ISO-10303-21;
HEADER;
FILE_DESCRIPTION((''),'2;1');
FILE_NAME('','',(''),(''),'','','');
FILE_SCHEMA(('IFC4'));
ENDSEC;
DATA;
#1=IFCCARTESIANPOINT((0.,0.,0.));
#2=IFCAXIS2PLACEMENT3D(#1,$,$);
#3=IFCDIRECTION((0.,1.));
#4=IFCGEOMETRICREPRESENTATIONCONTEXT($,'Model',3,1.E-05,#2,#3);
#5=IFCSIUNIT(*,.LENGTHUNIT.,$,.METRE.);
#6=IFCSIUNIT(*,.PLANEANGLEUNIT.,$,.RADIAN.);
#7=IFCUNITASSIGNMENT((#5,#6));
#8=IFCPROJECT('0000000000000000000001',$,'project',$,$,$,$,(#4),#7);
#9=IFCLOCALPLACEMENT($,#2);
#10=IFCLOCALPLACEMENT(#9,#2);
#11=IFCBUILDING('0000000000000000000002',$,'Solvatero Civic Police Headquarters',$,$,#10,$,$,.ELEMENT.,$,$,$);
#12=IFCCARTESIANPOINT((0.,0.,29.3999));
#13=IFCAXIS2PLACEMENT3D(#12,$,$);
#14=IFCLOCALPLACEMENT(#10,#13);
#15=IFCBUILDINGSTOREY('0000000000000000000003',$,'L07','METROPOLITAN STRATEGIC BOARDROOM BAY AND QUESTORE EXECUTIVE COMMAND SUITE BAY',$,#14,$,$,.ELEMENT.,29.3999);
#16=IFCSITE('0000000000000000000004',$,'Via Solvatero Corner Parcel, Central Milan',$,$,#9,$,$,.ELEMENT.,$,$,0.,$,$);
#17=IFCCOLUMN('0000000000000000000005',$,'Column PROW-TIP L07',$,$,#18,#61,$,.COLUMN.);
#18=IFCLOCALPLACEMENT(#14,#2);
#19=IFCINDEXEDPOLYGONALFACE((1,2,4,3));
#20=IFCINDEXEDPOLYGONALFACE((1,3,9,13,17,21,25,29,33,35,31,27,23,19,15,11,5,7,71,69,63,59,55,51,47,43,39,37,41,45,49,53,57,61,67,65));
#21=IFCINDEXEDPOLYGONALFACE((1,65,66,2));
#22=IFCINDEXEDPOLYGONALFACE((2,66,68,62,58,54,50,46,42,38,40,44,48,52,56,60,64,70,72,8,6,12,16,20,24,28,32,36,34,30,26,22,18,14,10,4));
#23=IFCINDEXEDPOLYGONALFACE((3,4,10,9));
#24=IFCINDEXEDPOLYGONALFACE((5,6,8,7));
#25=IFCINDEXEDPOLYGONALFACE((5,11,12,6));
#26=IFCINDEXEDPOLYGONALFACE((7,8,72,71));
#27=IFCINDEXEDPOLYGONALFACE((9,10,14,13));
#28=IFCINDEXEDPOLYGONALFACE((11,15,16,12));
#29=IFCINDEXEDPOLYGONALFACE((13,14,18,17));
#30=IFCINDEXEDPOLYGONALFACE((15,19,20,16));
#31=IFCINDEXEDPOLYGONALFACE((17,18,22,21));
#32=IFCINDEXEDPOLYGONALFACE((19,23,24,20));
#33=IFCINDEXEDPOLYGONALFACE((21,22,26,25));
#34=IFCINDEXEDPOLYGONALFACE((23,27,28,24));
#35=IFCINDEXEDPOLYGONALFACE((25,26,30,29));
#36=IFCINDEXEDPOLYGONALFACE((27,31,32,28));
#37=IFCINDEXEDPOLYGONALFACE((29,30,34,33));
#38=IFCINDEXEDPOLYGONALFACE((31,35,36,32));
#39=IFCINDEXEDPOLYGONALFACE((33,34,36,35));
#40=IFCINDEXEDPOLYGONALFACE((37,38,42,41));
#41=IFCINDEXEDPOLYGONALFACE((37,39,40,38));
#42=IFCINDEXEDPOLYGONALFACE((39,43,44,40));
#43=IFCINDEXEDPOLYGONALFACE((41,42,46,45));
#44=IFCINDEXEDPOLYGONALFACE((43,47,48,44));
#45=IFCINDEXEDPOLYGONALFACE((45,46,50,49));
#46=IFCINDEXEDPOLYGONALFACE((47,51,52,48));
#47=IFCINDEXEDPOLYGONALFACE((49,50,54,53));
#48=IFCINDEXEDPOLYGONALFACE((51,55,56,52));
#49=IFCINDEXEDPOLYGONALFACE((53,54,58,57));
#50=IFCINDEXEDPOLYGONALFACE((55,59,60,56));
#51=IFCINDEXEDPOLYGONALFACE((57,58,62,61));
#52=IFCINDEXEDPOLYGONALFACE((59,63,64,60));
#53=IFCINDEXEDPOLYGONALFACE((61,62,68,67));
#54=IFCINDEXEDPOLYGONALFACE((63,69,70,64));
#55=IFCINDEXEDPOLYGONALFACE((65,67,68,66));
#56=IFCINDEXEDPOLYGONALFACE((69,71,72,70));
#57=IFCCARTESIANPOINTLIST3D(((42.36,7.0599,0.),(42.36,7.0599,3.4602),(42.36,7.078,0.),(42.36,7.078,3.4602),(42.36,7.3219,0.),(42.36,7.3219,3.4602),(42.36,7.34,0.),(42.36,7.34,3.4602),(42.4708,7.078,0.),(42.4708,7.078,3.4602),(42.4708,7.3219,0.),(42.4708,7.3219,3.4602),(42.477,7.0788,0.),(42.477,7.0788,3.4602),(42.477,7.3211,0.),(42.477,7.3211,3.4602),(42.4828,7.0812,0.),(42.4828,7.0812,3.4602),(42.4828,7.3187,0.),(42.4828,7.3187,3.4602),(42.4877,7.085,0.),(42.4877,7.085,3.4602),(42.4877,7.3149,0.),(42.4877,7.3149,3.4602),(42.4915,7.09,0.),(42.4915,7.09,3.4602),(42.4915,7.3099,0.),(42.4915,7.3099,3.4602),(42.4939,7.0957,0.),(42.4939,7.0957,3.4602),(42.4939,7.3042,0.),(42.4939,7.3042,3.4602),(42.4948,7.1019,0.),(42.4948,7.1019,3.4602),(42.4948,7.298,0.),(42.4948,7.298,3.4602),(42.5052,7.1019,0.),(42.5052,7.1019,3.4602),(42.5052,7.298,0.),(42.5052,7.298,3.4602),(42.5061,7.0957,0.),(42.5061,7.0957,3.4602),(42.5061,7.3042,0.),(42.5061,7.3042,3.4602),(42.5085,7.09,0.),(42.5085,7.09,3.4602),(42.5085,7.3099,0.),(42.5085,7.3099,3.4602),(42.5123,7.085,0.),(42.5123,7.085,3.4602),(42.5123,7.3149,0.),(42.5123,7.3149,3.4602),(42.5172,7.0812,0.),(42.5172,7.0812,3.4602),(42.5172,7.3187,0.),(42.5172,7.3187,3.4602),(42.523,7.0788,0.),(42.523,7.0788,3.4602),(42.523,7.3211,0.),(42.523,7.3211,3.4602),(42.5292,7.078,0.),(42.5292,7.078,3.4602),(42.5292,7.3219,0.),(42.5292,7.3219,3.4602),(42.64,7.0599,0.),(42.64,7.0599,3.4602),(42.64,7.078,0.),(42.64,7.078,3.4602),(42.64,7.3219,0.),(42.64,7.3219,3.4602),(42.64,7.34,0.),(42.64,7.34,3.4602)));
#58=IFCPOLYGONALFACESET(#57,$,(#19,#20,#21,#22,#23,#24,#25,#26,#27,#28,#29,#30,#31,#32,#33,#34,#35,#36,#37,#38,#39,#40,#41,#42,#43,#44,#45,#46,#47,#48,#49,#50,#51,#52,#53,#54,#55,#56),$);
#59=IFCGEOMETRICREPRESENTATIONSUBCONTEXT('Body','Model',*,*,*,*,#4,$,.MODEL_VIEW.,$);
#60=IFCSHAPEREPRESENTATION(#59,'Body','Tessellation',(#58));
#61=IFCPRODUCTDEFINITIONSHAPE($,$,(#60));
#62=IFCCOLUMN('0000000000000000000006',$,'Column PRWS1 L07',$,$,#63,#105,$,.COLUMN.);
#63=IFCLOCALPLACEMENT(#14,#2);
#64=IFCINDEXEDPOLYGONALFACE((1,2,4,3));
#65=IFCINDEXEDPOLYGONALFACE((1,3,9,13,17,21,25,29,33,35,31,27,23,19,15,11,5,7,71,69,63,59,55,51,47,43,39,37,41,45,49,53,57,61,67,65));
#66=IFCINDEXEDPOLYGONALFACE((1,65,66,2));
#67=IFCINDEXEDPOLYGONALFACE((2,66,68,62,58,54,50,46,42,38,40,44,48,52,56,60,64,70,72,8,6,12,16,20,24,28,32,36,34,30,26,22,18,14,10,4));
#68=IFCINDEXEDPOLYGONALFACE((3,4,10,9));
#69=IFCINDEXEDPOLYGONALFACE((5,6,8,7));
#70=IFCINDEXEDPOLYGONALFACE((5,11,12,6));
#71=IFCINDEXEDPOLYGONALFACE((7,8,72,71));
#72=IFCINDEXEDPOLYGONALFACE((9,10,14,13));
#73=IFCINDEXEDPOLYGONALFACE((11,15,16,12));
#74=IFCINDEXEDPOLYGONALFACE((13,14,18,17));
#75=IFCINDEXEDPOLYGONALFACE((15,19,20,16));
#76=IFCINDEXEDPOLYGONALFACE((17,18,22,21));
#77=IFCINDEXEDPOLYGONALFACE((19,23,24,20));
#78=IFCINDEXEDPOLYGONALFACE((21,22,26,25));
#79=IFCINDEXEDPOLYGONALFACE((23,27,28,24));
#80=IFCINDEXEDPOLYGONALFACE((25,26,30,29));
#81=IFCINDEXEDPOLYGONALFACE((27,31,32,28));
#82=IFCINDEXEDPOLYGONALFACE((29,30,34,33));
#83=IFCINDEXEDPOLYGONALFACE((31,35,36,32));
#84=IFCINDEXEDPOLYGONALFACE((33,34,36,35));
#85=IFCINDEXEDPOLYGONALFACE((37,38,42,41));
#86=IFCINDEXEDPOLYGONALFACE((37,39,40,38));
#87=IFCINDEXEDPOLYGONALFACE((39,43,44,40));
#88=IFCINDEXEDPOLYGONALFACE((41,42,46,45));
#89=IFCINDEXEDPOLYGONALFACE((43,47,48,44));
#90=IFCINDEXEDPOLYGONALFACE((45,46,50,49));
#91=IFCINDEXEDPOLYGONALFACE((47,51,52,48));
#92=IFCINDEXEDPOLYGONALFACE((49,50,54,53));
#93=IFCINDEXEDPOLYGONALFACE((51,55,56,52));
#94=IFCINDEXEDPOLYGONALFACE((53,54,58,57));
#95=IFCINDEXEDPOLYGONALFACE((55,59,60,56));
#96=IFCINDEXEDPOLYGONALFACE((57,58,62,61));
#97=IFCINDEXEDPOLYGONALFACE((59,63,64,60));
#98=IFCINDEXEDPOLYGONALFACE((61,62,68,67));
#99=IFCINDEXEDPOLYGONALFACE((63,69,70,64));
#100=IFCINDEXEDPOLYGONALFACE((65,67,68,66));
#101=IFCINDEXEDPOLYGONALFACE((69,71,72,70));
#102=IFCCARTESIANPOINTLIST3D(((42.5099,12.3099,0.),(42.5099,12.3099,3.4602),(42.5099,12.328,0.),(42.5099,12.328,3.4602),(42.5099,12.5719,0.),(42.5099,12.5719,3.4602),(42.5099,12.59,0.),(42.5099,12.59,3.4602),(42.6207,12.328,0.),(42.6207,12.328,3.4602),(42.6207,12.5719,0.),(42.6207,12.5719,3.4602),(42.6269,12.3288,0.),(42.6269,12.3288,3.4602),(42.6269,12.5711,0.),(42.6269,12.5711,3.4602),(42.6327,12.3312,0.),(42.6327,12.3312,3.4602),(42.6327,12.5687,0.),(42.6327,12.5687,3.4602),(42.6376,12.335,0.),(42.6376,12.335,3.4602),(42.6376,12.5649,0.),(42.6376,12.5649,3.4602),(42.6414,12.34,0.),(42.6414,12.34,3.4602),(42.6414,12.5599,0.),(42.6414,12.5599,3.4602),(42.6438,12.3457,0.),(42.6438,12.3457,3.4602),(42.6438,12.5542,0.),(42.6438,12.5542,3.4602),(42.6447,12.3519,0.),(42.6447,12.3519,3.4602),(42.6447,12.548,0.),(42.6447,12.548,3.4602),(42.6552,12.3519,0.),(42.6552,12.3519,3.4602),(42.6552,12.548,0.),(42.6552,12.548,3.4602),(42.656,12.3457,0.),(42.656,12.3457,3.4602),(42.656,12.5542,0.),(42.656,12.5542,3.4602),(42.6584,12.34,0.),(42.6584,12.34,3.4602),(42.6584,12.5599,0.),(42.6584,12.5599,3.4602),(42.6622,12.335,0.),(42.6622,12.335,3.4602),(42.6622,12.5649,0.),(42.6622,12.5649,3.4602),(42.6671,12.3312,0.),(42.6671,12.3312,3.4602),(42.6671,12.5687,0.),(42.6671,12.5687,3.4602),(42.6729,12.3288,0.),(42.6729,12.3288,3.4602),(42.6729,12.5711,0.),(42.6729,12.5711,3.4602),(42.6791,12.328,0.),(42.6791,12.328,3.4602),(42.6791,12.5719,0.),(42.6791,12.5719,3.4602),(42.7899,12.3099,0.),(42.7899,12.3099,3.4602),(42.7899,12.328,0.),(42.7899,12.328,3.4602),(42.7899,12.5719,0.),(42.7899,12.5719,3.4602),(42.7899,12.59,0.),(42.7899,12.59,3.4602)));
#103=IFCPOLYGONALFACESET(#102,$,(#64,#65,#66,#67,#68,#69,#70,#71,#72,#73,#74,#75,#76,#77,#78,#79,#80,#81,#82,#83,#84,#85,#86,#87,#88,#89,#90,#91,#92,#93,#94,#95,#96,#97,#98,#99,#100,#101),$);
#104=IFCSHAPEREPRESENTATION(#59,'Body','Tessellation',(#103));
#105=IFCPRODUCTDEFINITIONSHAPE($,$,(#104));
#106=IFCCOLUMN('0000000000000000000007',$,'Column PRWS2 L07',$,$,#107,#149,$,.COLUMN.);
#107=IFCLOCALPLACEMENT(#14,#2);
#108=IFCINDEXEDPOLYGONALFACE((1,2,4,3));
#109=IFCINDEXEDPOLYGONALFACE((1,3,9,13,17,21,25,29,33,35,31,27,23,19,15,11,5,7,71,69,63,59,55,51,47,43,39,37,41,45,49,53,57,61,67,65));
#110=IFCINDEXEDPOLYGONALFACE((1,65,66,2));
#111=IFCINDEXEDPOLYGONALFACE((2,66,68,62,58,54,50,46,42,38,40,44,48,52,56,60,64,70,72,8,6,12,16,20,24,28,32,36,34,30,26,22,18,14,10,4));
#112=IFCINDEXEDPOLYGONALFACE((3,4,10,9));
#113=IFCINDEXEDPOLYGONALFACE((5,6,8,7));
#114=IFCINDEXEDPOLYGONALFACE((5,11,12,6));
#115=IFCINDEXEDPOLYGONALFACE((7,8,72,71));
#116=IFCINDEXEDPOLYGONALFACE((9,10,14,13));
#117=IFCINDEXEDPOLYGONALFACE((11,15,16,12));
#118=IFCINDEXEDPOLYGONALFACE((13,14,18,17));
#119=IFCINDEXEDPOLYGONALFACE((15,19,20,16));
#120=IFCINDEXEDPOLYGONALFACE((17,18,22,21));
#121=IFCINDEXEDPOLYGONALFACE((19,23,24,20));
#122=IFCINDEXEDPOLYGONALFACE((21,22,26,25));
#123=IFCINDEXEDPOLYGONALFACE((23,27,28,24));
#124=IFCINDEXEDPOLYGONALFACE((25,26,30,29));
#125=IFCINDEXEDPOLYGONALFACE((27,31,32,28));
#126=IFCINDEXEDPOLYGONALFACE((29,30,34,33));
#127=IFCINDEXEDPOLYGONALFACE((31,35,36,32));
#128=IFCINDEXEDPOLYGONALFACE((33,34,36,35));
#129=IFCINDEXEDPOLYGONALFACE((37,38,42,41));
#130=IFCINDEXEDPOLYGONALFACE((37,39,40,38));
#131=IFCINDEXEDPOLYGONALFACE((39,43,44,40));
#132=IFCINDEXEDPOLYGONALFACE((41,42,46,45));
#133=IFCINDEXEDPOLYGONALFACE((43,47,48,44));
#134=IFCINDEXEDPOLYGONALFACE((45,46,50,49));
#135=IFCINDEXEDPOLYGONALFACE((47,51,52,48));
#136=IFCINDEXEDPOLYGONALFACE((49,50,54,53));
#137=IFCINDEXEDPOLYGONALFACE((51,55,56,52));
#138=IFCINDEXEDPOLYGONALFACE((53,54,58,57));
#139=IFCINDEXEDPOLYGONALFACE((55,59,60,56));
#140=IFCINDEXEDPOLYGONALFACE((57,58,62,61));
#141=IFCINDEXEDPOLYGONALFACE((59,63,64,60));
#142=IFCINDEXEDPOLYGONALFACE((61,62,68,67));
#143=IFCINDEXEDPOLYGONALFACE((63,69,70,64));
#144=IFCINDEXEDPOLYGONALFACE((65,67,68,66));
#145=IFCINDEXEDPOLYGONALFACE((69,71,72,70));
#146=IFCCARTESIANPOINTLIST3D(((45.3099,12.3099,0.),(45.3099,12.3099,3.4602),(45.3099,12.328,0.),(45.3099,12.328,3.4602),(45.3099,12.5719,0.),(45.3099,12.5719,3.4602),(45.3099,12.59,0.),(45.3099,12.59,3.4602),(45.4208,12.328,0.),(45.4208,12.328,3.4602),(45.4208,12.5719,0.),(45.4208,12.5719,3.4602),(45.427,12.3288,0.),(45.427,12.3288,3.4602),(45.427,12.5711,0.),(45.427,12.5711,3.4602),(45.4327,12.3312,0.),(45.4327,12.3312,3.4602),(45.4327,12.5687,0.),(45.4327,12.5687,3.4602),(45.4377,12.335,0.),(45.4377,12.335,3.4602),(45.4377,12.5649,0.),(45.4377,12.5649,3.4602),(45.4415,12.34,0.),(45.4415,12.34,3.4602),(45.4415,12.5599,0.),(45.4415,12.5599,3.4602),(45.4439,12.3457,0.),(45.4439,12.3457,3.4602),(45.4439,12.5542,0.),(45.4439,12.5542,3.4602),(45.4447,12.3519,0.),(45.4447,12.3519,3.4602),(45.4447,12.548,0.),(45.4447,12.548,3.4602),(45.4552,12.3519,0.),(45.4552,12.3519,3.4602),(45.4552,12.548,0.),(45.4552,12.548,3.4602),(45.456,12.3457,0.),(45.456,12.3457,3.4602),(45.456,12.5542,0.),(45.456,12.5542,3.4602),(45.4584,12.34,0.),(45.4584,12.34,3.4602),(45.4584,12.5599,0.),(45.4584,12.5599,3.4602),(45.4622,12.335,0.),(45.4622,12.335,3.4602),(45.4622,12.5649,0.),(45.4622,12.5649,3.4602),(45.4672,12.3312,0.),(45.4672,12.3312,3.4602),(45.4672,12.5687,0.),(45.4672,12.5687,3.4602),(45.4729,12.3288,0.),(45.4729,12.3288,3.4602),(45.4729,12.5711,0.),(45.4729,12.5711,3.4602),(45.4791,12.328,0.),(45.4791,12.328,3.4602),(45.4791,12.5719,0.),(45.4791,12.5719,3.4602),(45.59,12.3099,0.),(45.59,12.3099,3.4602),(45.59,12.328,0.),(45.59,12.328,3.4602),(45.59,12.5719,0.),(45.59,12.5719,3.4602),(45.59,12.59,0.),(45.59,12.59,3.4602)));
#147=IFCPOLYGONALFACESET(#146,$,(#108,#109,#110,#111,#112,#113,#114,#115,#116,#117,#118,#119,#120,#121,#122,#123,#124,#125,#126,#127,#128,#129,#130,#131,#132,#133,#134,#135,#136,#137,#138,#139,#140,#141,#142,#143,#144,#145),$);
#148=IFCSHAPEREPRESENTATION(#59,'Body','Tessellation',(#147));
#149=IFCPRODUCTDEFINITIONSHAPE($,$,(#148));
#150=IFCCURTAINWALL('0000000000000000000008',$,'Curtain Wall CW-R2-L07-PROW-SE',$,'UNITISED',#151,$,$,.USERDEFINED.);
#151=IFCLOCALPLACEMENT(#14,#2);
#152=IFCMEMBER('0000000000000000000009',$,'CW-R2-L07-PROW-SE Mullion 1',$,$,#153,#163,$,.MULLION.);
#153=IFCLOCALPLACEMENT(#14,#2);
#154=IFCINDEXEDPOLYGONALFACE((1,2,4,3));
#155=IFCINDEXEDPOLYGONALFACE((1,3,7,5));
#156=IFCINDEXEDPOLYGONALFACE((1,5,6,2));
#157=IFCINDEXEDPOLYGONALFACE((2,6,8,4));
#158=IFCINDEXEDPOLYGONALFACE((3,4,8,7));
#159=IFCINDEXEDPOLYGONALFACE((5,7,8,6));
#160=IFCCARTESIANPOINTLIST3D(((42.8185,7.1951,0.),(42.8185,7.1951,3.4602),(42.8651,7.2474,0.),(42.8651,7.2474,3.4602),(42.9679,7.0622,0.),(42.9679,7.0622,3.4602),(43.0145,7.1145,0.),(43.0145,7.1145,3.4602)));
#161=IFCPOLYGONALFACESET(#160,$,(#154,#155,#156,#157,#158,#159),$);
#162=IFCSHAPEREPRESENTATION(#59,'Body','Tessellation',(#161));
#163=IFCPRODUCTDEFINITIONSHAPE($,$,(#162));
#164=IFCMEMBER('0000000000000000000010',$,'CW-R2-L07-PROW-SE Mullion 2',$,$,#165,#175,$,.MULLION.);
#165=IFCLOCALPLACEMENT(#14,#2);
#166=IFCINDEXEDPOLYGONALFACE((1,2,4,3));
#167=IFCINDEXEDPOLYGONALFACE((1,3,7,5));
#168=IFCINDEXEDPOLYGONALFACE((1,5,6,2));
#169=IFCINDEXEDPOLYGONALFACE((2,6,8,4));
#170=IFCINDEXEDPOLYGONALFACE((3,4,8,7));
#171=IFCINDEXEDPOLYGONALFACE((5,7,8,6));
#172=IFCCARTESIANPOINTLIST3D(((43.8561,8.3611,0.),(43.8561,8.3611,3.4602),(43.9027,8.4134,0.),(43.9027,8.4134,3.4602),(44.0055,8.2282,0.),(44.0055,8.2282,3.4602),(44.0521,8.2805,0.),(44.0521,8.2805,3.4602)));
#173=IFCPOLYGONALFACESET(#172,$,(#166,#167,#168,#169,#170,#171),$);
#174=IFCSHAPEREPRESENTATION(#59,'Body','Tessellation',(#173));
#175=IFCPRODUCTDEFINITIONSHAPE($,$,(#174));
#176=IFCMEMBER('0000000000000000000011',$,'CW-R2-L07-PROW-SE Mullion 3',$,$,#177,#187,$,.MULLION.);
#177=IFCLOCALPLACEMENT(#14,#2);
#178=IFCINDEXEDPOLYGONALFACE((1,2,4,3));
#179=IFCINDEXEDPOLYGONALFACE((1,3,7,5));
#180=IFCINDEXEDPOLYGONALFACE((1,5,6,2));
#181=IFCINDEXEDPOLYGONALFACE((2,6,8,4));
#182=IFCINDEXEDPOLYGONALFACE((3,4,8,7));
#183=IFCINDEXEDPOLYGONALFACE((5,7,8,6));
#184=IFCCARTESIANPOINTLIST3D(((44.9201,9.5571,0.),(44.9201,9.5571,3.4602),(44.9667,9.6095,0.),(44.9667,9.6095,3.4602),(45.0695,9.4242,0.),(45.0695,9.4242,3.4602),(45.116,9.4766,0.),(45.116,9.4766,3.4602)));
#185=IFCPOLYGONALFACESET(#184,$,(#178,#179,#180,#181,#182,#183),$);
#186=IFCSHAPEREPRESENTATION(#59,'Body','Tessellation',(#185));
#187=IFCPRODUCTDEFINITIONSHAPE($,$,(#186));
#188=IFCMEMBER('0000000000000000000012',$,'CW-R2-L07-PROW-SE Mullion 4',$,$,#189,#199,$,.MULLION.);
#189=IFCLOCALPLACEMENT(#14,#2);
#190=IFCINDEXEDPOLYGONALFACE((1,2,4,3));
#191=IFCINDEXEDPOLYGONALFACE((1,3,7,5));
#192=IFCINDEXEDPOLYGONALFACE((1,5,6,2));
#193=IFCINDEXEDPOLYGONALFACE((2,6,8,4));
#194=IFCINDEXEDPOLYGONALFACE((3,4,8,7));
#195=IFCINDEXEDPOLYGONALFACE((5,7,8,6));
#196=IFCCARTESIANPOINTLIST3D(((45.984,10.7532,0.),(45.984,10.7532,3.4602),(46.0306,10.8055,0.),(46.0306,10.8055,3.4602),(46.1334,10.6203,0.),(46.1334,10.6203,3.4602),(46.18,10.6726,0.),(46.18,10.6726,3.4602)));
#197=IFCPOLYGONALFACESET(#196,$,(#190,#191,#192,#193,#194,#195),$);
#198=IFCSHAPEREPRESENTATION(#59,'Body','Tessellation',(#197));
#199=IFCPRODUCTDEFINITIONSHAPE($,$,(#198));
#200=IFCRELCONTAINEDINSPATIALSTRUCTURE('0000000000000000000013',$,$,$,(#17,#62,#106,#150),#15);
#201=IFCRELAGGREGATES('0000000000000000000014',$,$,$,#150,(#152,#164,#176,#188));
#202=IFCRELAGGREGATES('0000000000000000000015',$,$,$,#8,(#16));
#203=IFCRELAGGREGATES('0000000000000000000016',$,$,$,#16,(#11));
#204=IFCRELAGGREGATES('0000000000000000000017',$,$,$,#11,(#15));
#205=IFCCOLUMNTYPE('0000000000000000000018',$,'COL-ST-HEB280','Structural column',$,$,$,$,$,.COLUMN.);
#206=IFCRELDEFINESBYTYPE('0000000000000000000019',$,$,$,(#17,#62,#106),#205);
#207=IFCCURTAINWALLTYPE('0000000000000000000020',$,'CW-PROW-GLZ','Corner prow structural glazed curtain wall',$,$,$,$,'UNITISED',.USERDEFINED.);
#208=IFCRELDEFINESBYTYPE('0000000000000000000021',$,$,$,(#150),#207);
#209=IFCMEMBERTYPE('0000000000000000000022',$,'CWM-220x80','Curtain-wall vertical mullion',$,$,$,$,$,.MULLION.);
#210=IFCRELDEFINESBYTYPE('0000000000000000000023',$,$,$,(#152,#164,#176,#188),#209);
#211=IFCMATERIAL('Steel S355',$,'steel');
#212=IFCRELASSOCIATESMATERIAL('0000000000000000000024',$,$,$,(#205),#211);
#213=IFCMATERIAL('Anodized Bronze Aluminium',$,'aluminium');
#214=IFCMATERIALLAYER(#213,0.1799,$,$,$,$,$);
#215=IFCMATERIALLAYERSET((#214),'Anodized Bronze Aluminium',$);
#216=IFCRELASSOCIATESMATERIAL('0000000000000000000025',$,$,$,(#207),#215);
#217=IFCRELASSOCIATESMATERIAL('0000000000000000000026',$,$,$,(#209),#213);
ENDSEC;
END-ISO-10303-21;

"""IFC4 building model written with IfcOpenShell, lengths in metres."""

from ifc_helpers import new_model, si_unit, direction, frame, origin, origin_2d, place, context, subcontext, project, spatial, rectangle, i_section, extrude, material, layer, layer_set, material_profile, profile_set, type_object, element, aggregate, save


model = new_model("IFC4")

# Units and contexts
model_context = context("Model", 3, precision=1e-05, world=origin(), true_north=direction((0.0, 1.0)))
body_context = subcontext(model_context, "Body", "Model", "MODEL_VIEW")
ifc_project = project(units=[si_unit("LENGTHUNIT", "METRE"), si_unit("PLANEANGLEUNIT", "RADIAN")], contexts=[model_context])

# Site, building, storey
site_placement = place(None, origin())
site = spatial("IfcSite", under=ifc_project, at=site_placement, Name="Via Solvatero Corner Parcel, Central Milan", CompositionType="ELEMENT", RefElevation=0.0)
building_placement = place(site_placement, origin())
building = spatial("IfcBuilding", under=site, at=building_placement, Name="Solvatero Civic Police Headquarters", CompositionType="ELEMENT")
storey_placement = place(building_placement, frame((0.0, 0.0, 29.3999)))
storey = spatial("IfcBuildingStorey", under=building, at=storey_placement, Name="L07", Description="METROPOLITAN STRATEGIC BOARDROOM BAY AND QUESTORE EXECUTIVE COMMAND SUITE BAY", CompositionType="ELEMENT", Elevation=29.3999)

# Columns
ifc_material_1 = material(Name="Steel S355", Category="steel")
ifc_material_profile_1 = material_profile(ifc_material_1, i_section(OverallWidth=0.28, OverallDepth=0.28, WebThickness=0.0105, FlangeThickness=0.0181, FilletRadius=0.0239, at=origin_2d()), Name="HEB 280")
ifc_profile_set_1 = profile_set([ifc_material_profile_1], Name="Steel S355")
column_type = type_object("IfcColumnType", Name="COL-ST-HEB280", Description="Structural column", PredefinedType="COLUMN", material=ifc_profile_set_1)
for number, where, z_axis, x_axis, name in (
    (1, (42.5, 7.2, 0.0), (0.0, 0.0, 1.0), (1.0, 0.0, 0.0), "Column PROW-TIP L07"),
    (2, (42.6499, 12.45, 0.0), (0.0, 0.0, 1.0), (1.0, 0.0, 0.0), "Column PRWS1 L07"),
    (3, (45.45, 12.45, 0.0), (0.0, 0.0, 1.0), (1.0, 0.0, 0.0), "Column PRWS2 L07"),
):
    element("IfcColumn", number, at=place(storey_placement, frame(where, z_axis=z_axis, x_axis=x_axis)), inside=storey, type_object=column_type, Name=name, PredefinedType="COLUMN", context=body_context, shape_type="SweptSolid", body=[
        extrude(i_section(OverallWidth=0.28, OverallDepth=0.28, WebThickness=0.0105, FlangeThickness=0.0181, FilletRadius=0.0239, at=origin_2d()), origin(), (0.0, 0.0, 1.0), 3.4602),
    ])

# Curtain wall, members
ifc_material_2 = material(Name="Anodized Bronze Aluminium", Category="aluminium")
ifc_layer_1 = layer(ifc_material_2, 0.1799)
ifc_layer_set_1 = layer_set([ifc_layer_1], Name="Anodized Bronze Aluminium")
curtain_wall_type = type_object("IfcCurtainWallType", Name="CW-PROW-GLZ", Description="Corner prow structural glazed curtain wall", ElementType="UNITISED", PredefinedType="USERDEFINED", material=ifc_layer_set_1)
curtain_wall_placement = place(storey_placement, origin())
curtain_wall = element("IfcCurtainWall", 4, at=curtain_wall_placement, inside=storey, type_object=curtain_wall_type, Name="Curtain Wall CW-R2-L07-PROW-SE", ObjectType="UNITISED", PredefinedType="USERDEFINED")
ifc_material_profile_2 = material_profile(ifc_material_2, rectangle(XDim=0.0701, YDim=0.2, at=origin_2d()), Name="ALU MULLION 70x200")
ifc_profile_set_2 = profile_set([ifc_material_profile_2], Name="Anodized Bronze Aluminium")
member_type_1 = type_object("IfcMemberType", Name="CWM-220x80", Description="Curtain-wall vertical mullion", PredefinedType="MULLION", material=ifc_profile_set_2)
member_1_placement = place(storey_placement, frame((42.9165, 7.1548, 0.0), z_axis=(0.0, 0.0, 1.0), x_axis=(0.664657, 0.747149, 0.0)))
member_1 = element("IfcMember", 5, at=member_1_placement, type_object=member_type_1, Name="CW-R2-L07-PROW-SE Mullion 1", PredefinedType="MULLION", context=body_context, shape_type="SweptSolid", body=[
    extrude(rectangle(XDim=0.0701, YDim=0.2, at=origin_2d()), origin(), (0.0, 0.0, 1.0), 3.4602),
])
member_2_placement = place(storey_placement, frame((43.9541, 8.3208, 0.0), z_axis=(0.0, 0.0, 1.0), x_axis=(0.664657, 0.747149, 0.0)))
member_2 = element("IfcMember", 6, at=member_2_placement, type_object=member_type_1, Name="CW-R2-L07-PROW-SE Mullion 2", PredefinedType="MULLION", context=body_context, shape_type="SweptSolid", body=[
    extrude(rectangle(XDim=0.0701, YDim=0.2, at=origin_2d()), origin(), (0.0, 0.0, 1.0), 3.4602),
])
member_3_placement = place(storey_placement, frame((45.0181, 9.5168, 0.0), z_axis=(0.0, 0.0, 1.0), x_axis=(0.664657, 0.747149, 0.0)))
member_3 = element("IfcMember", 7, at=member_3_placement, type_object=member_type_1, Name="CW-R2-L07-PROW-SE Mullion 3", PredefinedType="MULLION", context=body_context, shape_type="SweptSolid", body=[
    extrude(rectangle(XDim=0.0701, YDim=0.2, at=origin_2d()), origin(), (0.0, 0.0, 1.0), 3.4602),
])
member_4_placement = place(storey_placement, frame((46.082, 10.7129, 0.0), z_axis=(0.0, 0.0, 1.0), x_axis=(0.664657, 0.747149, 0.0)))
member_4 = element("IfcMember", 8, at=member_4_placement, type_object=member_type_1, Name="CW-R2-L07-PROW-SE Mullion 4", PredefinedType="MULLION", context=body_context, shape_type="SweptSolid", body=[
    extrude(rectangle(XDim=0.0701, YDim=0.2, at=origin_2d()), origin(), (0.0, 0.0, 1.0), 3.4602),
])
aggregate(curtain_wall, [member_1, member_2, member_3, member_4])

save(model, "model.ifc")
